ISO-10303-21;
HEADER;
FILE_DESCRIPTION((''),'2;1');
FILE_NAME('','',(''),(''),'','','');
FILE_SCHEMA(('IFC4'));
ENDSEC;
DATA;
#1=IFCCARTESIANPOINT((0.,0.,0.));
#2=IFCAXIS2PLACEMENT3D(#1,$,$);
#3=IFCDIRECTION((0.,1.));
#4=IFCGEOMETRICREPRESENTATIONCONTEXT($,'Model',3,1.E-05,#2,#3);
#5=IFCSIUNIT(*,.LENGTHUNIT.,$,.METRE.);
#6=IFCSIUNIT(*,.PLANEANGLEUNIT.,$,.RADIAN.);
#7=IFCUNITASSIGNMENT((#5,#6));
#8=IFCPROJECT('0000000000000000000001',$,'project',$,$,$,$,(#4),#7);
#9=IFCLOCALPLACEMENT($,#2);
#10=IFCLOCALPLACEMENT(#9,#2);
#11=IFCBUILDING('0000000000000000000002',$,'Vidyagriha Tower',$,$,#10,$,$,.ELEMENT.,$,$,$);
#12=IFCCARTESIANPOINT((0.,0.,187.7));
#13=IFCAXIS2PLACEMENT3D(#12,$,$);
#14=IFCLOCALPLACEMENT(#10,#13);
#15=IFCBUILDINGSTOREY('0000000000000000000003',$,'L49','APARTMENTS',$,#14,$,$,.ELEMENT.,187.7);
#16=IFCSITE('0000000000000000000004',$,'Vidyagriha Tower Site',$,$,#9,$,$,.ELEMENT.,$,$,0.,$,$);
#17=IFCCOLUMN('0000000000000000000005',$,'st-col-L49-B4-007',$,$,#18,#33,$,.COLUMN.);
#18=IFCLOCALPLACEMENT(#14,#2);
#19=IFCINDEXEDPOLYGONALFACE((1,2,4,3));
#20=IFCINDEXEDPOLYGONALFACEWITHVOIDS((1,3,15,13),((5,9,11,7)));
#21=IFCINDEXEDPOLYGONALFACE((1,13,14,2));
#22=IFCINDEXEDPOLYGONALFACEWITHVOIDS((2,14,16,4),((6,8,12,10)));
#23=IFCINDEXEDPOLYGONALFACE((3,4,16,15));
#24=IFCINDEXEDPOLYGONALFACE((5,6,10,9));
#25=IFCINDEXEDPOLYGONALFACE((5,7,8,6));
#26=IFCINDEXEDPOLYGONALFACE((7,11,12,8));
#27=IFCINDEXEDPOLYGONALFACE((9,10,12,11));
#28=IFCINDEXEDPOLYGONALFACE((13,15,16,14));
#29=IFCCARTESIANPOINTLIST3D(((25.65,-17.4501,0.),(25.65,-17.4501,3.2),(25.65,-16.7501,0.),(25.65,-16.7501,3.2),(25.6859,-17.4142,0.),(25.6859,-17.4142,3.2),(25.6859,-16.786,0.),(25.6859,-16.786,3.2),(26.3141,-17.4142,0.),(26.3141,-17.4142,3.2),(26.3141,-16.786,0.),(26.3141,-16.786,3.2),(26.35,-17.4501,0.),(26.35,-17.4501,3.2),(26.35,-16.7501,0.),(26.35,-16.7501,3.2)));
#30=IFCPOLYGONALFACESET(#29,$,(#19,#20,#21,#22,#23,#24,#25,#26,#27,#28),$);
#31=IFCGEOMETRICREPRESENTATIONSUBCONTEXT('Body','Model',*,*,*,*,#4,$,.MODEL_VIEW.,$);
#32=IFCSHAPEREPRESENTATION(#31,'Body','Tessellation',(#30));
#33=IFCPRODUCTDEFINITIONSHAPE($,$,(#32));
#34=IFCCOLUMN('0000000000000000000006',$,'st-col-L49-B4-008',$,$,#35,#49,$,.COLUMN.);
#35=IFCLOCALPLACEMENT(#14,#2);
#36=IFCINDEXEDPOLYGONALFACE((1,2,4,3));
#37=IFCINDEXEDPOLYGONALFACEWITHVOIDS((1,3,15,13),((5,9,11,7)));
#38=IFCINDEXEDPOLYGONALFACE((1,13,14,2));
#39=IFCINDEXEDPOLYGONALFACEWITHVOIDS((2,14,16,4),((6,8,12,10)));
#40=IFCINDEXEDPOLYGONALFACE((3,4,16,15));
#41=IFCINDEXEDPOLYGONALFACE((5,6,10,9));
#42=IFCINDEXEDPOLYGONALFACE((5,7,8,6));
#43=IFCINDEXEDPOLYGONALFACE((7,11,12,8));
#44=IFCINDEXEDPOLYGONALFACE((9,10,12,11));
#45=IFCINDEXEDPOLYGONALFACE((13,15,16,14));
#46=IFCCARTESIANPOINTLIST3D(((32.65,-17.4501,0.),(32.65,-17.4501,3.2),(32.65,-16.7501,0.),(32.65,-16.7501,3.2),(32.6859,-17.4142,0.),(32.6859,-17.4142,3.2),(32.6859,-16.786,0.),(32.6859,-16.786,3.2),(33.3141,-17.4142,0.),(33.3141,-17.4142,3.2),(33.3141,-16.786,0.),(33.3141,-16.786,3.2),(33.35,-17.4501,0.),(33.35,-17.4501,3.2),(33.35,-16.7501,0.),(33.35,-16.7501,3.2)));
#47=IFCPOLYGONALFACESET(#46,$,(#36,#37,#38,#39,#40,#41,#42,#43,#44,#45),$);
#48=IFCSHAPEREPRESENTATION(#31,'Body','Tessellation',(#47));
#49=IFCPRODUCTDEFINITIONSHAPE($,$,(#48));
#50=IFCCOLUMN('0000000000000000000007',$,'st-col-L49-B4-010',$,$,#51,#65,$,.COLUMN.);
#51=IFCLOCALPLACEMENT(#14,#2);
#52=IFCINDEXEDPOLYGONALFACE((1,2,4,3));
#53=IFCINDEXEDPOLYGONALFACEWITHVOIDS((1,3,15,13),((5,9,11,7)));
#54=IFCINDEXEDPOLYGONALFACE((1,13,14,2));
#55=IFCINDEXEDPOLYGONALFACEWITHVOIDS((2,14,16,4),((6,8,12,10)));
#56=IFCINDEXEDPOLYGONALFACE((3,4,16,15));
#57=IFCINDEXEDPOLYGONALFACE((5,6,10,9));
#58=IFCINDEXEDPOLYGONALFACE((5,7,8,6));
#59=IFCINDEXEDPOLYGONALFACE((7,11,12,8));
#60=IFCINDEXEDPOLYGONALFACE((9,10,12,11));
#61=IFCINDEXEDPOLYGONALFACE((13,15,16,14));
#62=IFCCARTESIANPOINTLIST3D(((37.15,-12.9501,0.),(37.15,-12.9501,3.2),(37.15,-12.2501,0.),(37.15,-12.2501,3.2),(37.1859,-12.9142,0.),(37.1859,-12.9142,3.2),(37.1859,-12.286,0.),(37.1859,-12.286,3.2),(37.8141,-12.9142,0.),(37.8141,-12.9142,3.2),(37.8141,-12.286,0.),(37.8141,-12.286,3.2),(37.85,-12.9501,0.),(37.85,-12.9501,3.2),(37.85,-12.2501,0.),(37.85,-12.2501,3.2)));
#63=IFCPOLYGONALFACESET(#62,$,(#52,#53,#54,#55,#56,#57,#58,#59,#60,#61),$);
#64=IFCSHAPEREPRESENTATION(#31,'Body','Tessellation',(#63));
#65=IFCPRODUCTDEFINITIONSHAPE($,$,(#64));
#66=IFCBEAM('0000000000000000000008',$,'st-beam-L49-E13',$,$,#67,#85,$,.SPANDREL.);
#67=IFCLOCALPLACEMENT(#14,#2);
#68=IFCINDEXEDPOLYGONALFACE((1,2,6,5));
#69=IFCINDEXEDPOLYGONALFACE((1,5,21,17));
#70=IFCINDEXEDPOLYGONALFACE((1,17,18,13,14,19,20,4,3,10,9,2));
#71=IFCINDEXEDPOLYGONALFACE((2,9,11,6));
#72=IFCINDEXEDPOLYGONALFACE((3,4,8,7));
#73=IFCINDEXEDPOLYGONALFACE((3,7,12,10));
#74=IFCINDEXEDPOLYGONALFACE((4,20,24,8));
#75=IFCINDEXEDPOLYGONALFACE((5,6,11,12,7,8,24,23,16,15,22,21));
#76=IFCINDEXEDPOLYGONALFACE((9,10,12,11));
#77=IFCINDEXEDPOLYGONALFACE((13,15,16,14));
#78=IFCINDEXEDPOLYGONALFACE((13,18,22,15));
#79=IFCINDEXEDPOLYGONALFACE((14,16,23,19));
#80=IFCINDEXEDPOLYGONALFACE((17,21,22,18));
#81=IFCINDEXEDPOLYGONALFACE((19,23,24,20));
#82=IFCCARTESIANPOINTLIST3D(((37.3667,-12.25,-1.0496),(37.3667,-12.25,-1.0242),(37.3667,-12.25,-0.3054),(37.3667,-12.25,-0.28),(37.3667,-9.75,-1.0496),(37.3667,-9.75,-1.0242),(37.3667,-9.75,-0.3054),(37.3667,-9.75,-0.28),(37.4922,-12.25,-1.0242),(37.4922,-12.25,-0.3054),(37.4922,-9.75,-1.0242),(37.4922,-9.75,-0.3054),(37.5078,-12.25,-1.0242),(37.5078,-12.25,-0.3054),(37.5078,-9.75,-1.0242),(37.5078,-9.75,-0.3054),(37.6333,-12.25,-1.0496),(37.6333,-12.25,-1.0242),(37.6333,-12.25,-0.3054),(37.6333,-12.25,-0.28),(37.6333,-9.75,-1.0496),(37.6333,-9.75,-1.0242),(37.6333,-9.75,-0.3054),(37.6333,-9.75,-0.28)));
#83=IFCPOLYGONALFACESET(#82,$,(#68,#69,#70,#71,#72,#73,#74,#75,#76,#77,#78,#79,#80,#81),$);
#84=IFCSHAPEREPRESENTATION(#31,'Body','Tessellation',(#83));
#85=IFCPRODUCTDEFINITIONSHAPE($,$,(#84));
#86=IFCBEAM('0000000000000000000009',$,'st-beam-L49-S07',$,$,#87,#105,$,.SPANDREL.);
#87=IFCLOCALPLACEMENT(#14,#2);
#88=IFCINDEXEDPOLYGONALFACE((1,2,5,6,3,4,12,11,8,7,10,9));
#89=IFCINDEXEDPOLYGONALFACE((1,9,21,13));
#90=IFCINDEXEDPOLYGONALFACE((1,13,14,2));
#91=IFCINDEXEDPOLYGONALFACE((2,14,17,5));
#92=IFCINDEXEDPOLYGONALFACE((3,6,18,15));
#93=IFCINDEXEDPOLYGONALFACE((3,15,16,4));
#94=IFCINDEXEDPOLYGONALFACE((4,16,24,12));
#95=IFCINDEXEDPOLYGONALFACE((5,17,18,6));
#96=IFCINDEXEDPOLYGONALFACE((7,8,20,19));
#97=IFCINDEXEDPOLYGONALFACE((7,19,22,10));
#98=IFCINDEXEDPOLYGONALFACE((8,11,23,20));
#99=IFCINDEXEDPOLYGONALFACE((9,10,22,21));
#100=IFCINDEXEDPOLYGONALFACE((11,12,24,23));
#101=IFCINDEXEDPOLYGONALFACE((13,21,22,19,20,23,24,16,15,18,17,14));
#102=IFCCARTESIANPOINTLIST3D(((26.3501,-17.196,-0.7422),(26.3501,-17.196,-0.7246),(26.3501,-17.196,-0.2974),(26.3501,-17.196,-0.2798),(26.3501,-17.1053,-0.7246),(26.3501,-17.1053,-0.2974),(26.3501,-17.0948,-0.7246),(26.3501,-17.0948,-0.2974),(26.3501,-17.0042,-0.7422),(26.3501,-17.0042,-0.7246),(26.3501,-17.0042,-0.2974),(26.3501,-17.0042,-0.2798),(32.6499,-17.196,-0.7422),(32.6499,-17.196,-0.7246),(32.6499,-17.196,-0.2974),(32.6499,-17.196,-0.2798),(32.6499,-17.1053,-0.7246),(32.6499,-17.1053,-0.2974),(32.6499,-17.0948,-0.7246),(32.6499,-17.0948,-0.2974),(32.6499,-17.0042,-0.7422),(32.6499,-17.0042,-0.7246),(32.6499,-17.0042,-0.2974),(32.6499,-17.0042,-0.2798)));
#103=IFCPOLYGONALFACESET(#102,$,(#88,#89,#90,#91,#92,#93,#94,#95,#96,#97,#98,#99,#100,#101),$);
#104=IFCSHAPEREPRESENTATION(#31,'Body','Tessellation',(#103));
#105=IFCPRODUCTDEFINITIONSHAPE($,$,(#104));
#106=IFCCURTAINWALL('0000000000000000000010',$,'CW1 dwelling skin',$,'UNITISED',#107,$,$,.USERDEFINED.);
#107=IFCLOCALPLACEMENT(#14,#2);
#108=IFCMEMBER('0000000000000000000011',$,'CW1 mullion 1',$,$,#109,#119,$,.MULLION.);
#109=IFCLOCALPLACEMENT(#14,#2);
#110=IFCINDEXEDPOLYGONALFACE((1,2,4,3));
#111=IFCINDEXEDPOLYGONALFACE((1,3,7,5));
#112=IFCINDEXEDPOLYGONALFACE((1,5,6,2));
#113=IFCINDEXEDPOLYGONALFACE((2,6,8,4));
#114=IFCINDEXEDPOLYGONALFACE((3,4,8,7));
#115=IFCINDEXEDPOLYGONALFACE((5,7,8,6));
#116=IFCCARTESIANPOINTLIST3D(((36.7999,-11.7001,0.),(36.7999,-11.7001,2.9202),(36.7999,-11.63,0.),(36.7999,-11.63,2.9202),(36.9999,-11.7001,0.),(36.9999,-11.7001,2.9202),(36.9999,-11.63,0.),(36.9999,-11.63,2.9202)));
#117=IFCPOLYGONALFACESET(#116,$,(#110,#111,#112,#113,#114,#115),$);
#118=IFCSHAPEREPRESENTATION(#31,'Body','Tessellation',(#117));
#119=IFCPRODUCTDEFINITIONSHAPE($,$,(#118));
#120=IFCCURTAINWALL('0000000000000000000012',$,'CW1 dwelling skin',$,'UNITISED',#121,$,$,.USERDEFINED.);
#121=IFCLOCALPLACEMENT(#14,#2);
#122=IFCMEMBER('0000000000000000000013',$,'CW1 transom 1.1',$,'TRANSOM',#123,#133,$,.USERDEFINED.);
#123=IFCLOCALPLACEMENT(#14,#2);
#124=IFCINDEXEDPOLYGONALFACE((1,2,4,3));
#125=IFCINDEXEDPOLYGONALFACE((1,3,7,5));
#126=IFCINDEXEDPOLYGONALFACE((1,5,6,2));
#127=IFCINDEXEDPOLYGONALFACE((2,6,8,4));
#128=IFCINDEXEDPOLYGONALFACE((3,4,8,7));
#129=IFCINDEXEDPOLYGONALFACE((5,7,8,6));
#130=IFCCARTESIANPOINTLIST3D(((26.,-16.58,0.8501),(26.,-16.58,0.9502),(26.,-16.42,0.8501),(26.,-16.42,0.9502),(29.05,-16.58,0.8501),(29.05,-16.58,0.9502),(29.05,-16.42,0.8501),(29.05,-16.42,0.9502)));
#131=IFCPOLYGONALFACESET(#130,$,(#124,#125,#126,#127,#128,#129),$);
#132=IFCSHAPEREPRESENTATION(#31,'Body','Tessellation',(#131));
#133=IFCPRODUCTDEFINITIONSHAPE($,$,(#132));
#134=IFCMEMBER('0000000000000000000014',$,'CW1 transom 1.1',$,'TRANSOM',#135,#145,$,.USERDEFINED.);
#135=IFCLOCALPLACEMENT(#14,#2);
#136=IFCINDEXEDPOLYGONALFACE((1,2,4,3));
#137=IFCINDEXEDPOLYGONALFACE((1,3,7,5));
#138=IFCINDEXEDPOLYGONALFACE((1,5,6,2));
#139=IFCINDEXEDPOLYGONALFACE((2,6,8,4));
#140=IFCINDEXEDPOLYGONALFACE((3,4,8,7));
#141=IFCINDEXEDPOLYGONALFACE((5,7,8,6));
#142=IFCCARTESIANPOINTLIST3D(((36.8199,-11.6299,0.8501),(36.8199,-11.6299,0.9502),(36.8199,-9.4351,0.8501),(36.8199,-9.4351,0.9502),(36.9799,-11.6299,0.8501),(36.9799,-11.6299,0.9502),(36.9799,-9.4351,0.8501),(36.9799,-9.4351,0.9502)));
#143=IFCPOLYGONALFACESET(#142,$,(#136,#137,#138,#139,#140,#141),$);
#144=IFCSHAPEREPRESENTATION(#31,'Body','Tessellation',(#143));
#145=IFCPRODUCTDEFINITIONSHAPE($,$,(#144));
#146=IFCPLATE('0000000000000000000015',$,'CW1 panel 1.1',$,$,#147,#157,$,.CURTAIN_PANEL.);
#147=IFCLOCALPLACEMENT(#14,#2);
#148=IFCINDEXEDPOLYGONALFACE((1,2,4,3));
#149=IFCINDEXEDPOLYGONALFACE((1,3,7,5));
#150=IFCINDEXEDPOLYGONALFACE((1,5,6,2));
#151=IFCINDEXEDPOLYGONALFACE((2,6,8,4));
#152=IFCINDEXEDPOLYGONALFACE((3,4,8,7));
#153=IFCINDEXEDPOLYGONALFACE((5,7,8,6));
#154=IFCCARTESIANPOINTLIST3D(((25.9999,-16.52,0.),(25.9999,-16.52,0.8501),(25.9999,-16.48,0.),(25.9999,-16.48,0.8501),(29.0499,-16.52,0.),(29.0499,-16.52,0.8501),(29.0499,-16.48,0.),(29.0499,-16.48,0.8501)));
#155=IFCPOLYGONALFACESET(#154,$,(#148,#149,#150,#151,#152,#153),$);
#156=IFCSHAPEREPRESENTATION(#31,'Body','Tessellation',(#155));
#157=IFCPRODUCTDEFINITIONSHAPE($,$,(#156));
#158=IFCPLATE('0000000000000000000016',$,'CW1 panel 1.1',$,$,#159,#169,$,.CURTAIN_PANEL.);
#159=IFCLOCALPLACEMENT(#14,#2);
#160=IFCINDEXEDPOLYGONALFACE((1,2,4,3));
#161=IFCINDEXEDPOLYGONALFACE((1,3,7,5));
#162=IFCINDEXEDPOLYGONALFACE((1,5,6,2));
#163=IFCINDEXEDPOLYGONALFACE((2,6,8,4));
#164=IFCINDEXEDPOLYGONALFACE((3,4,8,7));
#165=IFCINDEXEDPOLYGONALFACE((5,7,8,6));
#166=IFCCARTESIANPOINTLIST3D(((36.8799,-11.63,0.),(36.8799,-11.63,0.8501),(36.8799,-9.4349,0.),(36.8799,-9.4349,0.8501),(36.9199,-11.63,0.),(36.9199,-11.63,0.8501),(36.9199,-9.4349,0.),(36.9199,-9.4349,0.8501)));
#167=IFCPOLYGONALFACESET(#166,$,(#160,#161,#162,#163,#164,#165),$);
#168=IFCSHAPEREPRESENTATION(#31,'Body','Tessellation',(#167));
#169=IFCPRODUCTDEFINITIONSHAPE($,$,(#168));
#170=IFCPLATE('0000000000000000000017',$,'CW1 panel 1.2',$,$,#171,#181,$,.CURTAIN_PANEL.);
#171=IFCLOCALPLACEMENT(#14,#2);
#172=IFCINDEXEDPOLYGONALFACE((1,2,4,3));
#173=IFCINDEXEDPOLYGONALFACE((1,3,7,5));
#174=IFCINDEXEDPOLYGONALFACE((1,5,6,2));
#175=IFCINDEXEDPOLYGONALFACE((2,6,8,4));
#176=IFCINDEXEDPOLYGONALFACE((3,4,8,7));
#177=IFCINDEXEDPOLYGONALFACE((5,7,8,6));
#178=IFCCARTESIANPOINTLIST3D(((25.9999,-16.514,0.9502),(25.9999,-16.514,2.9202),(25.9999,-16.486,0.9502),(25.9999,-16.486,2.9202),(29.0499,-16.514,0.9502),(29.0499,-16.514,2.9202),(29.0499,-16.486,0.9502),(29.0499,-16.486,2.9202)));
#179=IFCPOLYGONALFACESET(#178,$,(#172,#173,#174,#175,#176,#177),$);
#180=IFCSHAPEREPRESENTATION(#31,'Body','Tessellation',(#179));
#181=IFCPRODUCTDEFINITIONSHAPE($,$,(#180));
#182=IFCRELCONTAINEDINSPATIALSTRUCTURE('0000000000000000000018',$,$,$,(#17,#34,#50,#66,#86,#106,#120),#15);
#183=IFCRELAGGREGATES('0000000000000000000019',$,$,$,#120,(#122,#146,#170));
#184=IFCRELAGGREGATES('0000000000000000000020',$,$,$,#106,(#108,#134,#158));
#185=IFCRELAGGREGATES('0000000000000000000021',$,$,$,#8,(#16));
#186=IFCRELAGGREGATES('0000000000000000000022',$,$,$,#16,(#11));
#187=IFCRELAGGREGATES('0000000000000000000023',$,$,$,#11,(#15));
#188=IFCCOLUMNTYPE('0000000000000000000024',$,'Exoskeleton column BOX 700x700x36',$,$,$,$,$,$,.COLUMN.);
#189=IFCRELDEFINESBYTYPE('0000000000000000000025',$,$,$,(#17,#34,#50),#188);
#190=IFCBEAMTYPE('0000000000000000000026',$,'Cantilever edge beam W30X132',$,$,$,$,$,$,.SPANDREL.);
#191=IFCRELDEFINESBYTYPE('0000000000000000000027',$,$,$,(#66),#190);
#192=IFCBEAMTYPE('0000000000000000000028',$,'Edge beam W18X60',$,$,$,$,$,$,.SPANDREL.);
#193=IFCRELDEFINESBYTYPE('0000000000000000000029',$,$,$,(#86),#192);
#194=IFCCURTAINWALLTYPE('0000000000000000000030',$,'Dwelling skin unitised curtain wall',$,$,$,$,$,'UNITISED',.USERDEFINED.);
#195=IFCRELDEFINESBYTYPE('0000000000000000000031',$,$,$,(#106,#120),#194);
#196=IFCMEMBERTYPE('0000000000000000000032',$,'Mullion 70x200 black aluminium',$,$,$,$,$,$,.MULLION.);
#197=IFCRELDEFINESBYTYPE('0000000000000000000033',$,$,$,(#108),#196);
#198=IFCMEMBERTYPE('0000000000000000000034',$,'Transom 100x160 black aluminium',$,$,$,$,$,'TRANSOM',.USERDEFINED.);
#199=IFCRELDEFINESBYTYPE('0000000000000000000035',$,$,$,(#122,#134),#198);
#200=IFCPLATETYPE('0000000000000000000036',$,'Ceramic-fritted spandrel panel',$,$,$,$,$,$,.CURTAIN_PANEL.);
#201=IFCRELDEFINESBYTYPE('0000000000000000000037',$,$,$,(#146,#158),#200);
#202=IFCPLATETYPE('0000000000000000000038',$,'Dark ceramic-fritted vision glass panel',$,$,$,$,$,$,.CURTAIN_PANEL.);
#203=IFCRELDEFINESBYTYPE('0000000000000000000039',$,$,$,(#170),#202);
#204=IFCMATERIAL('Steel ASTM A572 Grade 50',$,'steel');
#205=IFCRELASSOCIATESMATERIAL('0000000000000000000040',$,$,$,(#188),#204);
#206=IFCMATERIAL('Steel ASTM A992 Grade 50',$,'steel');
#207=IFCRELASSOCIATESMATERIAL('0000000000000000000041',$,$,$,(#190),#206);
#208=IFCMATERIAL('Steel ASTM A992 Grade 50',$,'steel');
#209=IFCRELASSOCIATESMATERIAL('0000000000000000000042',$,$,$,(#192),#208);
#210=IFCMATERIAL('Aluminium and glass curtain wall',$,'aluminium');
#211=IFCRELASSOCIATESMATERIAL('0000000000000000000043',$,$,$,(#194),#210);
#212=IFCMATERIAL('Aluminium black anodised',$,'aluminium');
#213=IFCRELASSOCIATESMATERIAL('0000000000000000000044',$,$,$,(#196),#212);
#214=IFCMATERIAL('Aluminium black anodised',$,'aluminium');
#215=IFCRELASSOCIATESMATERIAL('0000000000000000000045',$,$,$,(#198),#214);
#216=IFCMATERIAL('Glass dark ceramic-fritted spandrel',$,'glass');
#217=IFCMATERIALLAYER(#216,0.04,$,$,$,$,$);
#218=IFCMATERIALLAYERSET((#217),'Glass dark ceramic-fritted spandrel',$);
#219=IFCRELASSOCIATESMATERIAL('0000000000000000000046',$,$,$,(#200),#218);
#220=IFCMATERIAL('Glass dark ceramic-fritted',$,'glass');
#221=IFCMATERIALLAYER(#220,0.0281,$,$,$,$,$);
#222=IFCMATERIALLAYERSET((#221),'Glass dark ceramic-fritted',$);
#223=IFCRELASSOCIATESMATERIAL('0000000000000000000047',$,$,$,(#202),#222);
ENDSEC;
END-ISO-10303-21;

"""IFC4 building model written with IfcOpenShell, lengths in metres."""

from ifc_helpers import new_model, si_unit, direction, frame, origin, origin_2d, place, context, subcontext, project, spatial, rectangle, hollow_rectangle, i_section, extrude, material, layer, layer_set, material_profile, profile_set, type_object, element, aggregate, save


model = new_model("IFC4")

# Units and contexts
model_context = context("Model", 3, precision=1e-05, world=origin(), true_north=direction((0.0, 1.0)))
body_context = subcontext(model_context, "Body", "Model", "MODEL_VIEW")
ifc_project = project(units=[si_unit("LENGTHUNIT", "METRE"), si_unit("PLANEANGLEUNIT", "RADIAN")], contexts=[model_context])

# Site, building, storey
site_placement = place(None, origin())
site = spatial("IfcSite", under=ifc_project, at=site_placement, Name="Vidyagriha Tower Site", CompositionType="ELEMENT", RefElevation=0.0)
building_placement = place(site_placement, origin())
building = spatial("IfcBuilding", under=site, at=building_placement, Name="Vidyagriha Tower", CompositionType="ELEMENT")
storey_placement = place(building_placement, frame((0.0, 0.0, 187.7)))
storey = spatial("IfcBuildingStorey", under=building, at=storey_placement, Name="L49", Description="APARTMENTS", CompositionType="ELEMENT", Elevation=187.7)

# Columns
ifc_material_1 = material(Name="Steel ASTM A572 Grade 50", Category="steel")
ifc_material_profile_1 = material_profile(ifc_material_1, hollow_rectangle(XDim=0.7, YDim=0.7, WallThickness=0.0359, at=origin_2d()), Name="BOX 700x700x36")
ifc_profile_set_1 = profile_set([ifc_material_profile_1], Name="Steel ASTM A572 Grade 50")
column_type = type_object("IfcColumnType", Name="Exoskeleton column BOX 700x700x36", PredefinedType="COLUMN", material=ifc_profile_set_1)
for number, where, name in (
    (1, (26.0, -17.1001, 0.0), "st-col-L49-B4-007"),
    (2, (33.0, -17.1001, 0.0), "st-col-L49-B4-008"),
    (3, (37.5, -12.6001, 0.0), "st-col-L49-B4-010"),
):
    element("IfcColumn", number, at=place(storey_placement, frame(where)), inside=storey, type_object=column_type, Name=name, PredefinedType="COLUMN", context=body_context, shape_type="SweptSolid", body=[
        extrude(hollow_rectangle(XDim=0.7, YDim=0.7, WallThickness=0.0359, at=origin_2d()), origin(), (0.0, 0.0, 1.0), 3.2),
    ])

# Beams
ifc_material_2 = material(Name="Steel ASTM A992 Grade 50", Category="steel")
ifc_material_profile_2 = material_profile(ifc_material_2, i_section(OverallWidth=0.2666, OverallDepth=0.7695, WebThickness=0.0156, FlangeThickness=0.0254, at=origin_2d()), Name="W30X132")
ifc_profile_set_2 = profile_set([ifc_material_profile_2], Name="Steel ASTM A992 Grade 50")
beam_type_1 = type_object("IfcBeamType", Name="Cantilever edge beam W30X132", PredefinedType="SPANDREL", material=ifc_profile_set_2)
beam_1_placement = place(storey_placement, frame((37.5, -12.25, -0.6648), z_axis=(0.0, 1.0, 0.0), x_axis=(-1.0, 0.0, 0.0)))
element("IfcBeam", 4, at=beam_1_placement, inside=storey, type_object=beam_type_1, Name="st-beam-L49-E13", PredefinedType="SPANDREL", context=body_context, shape_type="SweptSolid", body=[
    extrude(i_section(OverallWidth=0.2666, OverallDepth=0.7695, WebThickness=0.0156, FlangeThickness=0.0254, at=origin_2d()), origin(), (0.0, 0.0, 1.0), 2.5),
])
ifc_material_3 = material(Name="Steel ASTM A992 Grade 50", Category="steel")
ifc_material_profile_3 = material_profile(ifc_material_3, i_section(OverallWidth=0.1919, OverallDepth=0.4624, WebThickness=0.0105, FlangeThickness=0.0176, at=origin_2d()), Name="W18X60")
ifc_profile_set_3 = profile_set([ifc_material_profile_3], Name="Steel ASTM A992 Grade 50")
beam_type_2 = type_object("IfcBeamType", Name="Edge beam W18X60", PredefinedType="SPANDREL", material=ifc_profile_set_3)
beam_2_placement = place(storey_placement, frame((26.3501, -17.1001, -0.511), z_axis=(1.0, 0.0, 0.0), x_axis=(0.0, 1.0, 0.0)))
element("IfcBeam", 5, at=beam_2_placement, inside=storey, type_object=beam_type_2, Name="st-beam-L49-S07", PredefinedType="SPANDREL", context=body_context, shape_type="SweptSolid", body=[
    extrude(i_section(OverallWidth=0.1919, OverallDepth=0.4624, WebThickness=0.0105, FlangeThickness=0.0176, at=origin_2d()), origin(), (0.0, 0.0, 1.0), 6.2998),
])

# Curtain walls, members
ifc_material_4 = material(Name="Aluminium and glass curtain wall", Category="aluminium")
curtain_wall_type = type_object("IfcCurtainWallType", Name="Dwelling skin unitised curtain wall", ElementType="UNITISED", PredefinedType="USERDEFINED", material=ifc_material_4)
curtain_wall_1_placement = place(storey_placement, origin())
curtain_wall_1 = element("IfcCurtainWall", 6, at=curtain_wall_1_placement, inside=storey, type_object=curtain_wall_type, Name="CW1 dwelling skin", ObjectType="UNITISED", PredefinedType="USERDEFINED")
ifc_material_5 = material(Name="Aluminium black anodised", Category="aluminium")
ifc_material_profile_4 = material_profile(ifc_material_5, rectangle(XDim=0.2, YDim=0.0701, at=origin_2d()), Name="Mullion 70x200 black aluminium")
ifc_profile_set_4 = profile_set([ifc_material_profile_4], Name="Aluminium black anodised")
member_type_1 = type_object("IfcMemberType", Name="Mullion 70x200 black aluminium", PredefinedType="MULLION", material=ifc_profile_set_4)
member_1_placement = place(storey_placement, frame((36.8999, -11.665, 0.0), z_axis=(0.0, 0.0, 1.0), x_axis=(-1.0, 0.0, 0.0)))
member_1 = element("IfcMember", 7, at=member_1_placement, type_object=member_type_1, Name="CW1 mullion 1", PredefinedType="MULLION", context=body_context, shape_type="SweptSolid", body=[
    extrude(rectangle(XDim=0.2, YDim=0.0701, at=origin_2d()), origin(), (0.0, 0.0, 1.0), 2.9202),
])
curtain_wall_2_placement = place(storey_placement, origin())
curtain_wall_2 = element("IfcCurtainWall", 8, at=curtain_wall_2_placement, inside=storey, type_object=curtain_wall_type, Name="CW1 dwelling skin", ObjectType="UNITISED", PredefinedType="USERDEFINED")
ifc_material_6 = material(Name="Aluminium black anodised", Category="aluminium")
ifc_material_profile_5 = material_profile(ifc_material_6, rectangle(XDim=0.1599, YDim=0.1001, at=origin_2d()), Name="Transom 100x160 black aluminium")
ifc_profile_set_5 = profile_set([ifc_material_profile_5], Name="Aluminium black anodised")
member_type_2 = type_object("IfcMemberType", Name="Transom 100x160 black aluminium", ElementType="TRANSOM", PredefinedType="USERDEFINED", material=ifc_profile_set_5)
member_2_placement = place(storey_placement, frame((26.0, -16.5, 0.9001), z_axis=(1.0, 0.0, 0.0), x_axis=(0.0, 1.0, 0.0)))
member_2 = element("IfcMember", 9, at=member_2_placement, type_object=member_type_2, Name="CW1 transom 1.1", ObjectType="TRANSOM", PredefinedType="USERDEFINED", context=body_context, shape_type="SweptSolid", body=[
    extrude(rectangle(XDim=0.1599, YDim=0.1001, at=origin_2d()), origin(), (0.0, 0.0, 1.0), 3.05),
])

# Member
member_3_placement = place(storey_placement, frame((36.8999, -11.6299, 0.9001), z_axis=(0.0, 1.0, 0.0), x_axis=(-1.0, 0.0, 0.0)))
member_3 = element("IfcMember", 10, at=member_3_placement, type_object=member_type_2, Name="CW1 transom 1.1", ObjectType="TRANSOM", PredefinedType="USERDEFINED", context=body_context, shape_type="SweptSolid", body=[
    extrude(rectangle(XDim=0.1599, YDim=0.1001, at=origin_2d()), origin(), (0.0, 0.0, 1.0), 2.1948),
])

# Plates
ifc_material_7 = material(Name="Glass dark ceramic-fritted spandrel", Category="glass")
ifc_layer_1 = layer(ifc_material_7, 0.04)
ifc_layer_set_1 = layer_set([ifc_layer_1], Name="Glass dark ceramic-fritted spandrel")
plate_type_1 = type_object("IfcPlateType", Name="Ceramic-fritted spandrel panel", PredefinedType="CURTAIN_PANEL", material=ifc_layer_set_1)
plate_1_placement = place(storey_placement, frame((27.5249, -16.5, 0.0)))
plate_1 = element("IfcPlate", 11, at=plate_1_placement, type_object=plate_type_1, Name="CW1 panel 1.1", PredefinedType="CURTAIN_PANEL", context=body_context, shape_type="SweptSolid", body=[
    extrude(rectangle(XDim=3.05, YDim=0.04, at=origin_2d()), origin(), (0.0, 0.0, 1.0), 0.8501),
])
plate_2_placement = place(storey_placement, frame((36.8999, -10.5325, 0.0), z_axis=(0.0, 0.0, 1.0), x_axis=(0.0, 1.0, 0.0)))
plate_2 = element("IfcPlate", 12, at=plate_2_placement, type_object=plate_type_1, Name="CW1 panel 1.1", PredefinedType="CURTAIN_PANEL", context=body_context, shape_type="SweptSolid", body=[
    extrude(rectangle(XDim=2.1951, YDim=0.04, at=origin_2d()), origin(), (0.0, 0.0, 1.0), 0.8501),
])
ifc_material_8 = material(Name="Glass dark ceramic-fritted", Category="glass")
ifc_layer_2 = layer(ifc_material_8, 0.0281)
ifc_layer_set_2 = layer_set([ifc_layer_2], Name="Glass dark ceramic-fritted")
plate_type_2 = type_object("IfcPlateType", Name="Dark ceramic-fritted vision glass panel", PredefinedType="CURTAIN_PANEL", material=ifc_layer_set_2)
plate_3_placement = place(storey_placement, frame((27.5249, -16.5, 0.9502)))
plate_3 = element("IfcPlate", 13, at=plate_3_placement, type_object=plate_type_2, Name="CW1 panel 1.2", PredefinedType="CURTAIN_PANEL", context=body_context, shape_type="SweptSolid", body=[
    extrude(rectangle(XDim=3.05, YDim=0.0281, at=origin_2d()), origin(), (0.0, 0.0, 1.0), 1.97),
])
aggregate(curtain_wall_2, [member_2, plate_1, plate_3])
aggregate(curtain_wall_1, [member_1, member_3, plate_2])

save(model, "model.ifc")
